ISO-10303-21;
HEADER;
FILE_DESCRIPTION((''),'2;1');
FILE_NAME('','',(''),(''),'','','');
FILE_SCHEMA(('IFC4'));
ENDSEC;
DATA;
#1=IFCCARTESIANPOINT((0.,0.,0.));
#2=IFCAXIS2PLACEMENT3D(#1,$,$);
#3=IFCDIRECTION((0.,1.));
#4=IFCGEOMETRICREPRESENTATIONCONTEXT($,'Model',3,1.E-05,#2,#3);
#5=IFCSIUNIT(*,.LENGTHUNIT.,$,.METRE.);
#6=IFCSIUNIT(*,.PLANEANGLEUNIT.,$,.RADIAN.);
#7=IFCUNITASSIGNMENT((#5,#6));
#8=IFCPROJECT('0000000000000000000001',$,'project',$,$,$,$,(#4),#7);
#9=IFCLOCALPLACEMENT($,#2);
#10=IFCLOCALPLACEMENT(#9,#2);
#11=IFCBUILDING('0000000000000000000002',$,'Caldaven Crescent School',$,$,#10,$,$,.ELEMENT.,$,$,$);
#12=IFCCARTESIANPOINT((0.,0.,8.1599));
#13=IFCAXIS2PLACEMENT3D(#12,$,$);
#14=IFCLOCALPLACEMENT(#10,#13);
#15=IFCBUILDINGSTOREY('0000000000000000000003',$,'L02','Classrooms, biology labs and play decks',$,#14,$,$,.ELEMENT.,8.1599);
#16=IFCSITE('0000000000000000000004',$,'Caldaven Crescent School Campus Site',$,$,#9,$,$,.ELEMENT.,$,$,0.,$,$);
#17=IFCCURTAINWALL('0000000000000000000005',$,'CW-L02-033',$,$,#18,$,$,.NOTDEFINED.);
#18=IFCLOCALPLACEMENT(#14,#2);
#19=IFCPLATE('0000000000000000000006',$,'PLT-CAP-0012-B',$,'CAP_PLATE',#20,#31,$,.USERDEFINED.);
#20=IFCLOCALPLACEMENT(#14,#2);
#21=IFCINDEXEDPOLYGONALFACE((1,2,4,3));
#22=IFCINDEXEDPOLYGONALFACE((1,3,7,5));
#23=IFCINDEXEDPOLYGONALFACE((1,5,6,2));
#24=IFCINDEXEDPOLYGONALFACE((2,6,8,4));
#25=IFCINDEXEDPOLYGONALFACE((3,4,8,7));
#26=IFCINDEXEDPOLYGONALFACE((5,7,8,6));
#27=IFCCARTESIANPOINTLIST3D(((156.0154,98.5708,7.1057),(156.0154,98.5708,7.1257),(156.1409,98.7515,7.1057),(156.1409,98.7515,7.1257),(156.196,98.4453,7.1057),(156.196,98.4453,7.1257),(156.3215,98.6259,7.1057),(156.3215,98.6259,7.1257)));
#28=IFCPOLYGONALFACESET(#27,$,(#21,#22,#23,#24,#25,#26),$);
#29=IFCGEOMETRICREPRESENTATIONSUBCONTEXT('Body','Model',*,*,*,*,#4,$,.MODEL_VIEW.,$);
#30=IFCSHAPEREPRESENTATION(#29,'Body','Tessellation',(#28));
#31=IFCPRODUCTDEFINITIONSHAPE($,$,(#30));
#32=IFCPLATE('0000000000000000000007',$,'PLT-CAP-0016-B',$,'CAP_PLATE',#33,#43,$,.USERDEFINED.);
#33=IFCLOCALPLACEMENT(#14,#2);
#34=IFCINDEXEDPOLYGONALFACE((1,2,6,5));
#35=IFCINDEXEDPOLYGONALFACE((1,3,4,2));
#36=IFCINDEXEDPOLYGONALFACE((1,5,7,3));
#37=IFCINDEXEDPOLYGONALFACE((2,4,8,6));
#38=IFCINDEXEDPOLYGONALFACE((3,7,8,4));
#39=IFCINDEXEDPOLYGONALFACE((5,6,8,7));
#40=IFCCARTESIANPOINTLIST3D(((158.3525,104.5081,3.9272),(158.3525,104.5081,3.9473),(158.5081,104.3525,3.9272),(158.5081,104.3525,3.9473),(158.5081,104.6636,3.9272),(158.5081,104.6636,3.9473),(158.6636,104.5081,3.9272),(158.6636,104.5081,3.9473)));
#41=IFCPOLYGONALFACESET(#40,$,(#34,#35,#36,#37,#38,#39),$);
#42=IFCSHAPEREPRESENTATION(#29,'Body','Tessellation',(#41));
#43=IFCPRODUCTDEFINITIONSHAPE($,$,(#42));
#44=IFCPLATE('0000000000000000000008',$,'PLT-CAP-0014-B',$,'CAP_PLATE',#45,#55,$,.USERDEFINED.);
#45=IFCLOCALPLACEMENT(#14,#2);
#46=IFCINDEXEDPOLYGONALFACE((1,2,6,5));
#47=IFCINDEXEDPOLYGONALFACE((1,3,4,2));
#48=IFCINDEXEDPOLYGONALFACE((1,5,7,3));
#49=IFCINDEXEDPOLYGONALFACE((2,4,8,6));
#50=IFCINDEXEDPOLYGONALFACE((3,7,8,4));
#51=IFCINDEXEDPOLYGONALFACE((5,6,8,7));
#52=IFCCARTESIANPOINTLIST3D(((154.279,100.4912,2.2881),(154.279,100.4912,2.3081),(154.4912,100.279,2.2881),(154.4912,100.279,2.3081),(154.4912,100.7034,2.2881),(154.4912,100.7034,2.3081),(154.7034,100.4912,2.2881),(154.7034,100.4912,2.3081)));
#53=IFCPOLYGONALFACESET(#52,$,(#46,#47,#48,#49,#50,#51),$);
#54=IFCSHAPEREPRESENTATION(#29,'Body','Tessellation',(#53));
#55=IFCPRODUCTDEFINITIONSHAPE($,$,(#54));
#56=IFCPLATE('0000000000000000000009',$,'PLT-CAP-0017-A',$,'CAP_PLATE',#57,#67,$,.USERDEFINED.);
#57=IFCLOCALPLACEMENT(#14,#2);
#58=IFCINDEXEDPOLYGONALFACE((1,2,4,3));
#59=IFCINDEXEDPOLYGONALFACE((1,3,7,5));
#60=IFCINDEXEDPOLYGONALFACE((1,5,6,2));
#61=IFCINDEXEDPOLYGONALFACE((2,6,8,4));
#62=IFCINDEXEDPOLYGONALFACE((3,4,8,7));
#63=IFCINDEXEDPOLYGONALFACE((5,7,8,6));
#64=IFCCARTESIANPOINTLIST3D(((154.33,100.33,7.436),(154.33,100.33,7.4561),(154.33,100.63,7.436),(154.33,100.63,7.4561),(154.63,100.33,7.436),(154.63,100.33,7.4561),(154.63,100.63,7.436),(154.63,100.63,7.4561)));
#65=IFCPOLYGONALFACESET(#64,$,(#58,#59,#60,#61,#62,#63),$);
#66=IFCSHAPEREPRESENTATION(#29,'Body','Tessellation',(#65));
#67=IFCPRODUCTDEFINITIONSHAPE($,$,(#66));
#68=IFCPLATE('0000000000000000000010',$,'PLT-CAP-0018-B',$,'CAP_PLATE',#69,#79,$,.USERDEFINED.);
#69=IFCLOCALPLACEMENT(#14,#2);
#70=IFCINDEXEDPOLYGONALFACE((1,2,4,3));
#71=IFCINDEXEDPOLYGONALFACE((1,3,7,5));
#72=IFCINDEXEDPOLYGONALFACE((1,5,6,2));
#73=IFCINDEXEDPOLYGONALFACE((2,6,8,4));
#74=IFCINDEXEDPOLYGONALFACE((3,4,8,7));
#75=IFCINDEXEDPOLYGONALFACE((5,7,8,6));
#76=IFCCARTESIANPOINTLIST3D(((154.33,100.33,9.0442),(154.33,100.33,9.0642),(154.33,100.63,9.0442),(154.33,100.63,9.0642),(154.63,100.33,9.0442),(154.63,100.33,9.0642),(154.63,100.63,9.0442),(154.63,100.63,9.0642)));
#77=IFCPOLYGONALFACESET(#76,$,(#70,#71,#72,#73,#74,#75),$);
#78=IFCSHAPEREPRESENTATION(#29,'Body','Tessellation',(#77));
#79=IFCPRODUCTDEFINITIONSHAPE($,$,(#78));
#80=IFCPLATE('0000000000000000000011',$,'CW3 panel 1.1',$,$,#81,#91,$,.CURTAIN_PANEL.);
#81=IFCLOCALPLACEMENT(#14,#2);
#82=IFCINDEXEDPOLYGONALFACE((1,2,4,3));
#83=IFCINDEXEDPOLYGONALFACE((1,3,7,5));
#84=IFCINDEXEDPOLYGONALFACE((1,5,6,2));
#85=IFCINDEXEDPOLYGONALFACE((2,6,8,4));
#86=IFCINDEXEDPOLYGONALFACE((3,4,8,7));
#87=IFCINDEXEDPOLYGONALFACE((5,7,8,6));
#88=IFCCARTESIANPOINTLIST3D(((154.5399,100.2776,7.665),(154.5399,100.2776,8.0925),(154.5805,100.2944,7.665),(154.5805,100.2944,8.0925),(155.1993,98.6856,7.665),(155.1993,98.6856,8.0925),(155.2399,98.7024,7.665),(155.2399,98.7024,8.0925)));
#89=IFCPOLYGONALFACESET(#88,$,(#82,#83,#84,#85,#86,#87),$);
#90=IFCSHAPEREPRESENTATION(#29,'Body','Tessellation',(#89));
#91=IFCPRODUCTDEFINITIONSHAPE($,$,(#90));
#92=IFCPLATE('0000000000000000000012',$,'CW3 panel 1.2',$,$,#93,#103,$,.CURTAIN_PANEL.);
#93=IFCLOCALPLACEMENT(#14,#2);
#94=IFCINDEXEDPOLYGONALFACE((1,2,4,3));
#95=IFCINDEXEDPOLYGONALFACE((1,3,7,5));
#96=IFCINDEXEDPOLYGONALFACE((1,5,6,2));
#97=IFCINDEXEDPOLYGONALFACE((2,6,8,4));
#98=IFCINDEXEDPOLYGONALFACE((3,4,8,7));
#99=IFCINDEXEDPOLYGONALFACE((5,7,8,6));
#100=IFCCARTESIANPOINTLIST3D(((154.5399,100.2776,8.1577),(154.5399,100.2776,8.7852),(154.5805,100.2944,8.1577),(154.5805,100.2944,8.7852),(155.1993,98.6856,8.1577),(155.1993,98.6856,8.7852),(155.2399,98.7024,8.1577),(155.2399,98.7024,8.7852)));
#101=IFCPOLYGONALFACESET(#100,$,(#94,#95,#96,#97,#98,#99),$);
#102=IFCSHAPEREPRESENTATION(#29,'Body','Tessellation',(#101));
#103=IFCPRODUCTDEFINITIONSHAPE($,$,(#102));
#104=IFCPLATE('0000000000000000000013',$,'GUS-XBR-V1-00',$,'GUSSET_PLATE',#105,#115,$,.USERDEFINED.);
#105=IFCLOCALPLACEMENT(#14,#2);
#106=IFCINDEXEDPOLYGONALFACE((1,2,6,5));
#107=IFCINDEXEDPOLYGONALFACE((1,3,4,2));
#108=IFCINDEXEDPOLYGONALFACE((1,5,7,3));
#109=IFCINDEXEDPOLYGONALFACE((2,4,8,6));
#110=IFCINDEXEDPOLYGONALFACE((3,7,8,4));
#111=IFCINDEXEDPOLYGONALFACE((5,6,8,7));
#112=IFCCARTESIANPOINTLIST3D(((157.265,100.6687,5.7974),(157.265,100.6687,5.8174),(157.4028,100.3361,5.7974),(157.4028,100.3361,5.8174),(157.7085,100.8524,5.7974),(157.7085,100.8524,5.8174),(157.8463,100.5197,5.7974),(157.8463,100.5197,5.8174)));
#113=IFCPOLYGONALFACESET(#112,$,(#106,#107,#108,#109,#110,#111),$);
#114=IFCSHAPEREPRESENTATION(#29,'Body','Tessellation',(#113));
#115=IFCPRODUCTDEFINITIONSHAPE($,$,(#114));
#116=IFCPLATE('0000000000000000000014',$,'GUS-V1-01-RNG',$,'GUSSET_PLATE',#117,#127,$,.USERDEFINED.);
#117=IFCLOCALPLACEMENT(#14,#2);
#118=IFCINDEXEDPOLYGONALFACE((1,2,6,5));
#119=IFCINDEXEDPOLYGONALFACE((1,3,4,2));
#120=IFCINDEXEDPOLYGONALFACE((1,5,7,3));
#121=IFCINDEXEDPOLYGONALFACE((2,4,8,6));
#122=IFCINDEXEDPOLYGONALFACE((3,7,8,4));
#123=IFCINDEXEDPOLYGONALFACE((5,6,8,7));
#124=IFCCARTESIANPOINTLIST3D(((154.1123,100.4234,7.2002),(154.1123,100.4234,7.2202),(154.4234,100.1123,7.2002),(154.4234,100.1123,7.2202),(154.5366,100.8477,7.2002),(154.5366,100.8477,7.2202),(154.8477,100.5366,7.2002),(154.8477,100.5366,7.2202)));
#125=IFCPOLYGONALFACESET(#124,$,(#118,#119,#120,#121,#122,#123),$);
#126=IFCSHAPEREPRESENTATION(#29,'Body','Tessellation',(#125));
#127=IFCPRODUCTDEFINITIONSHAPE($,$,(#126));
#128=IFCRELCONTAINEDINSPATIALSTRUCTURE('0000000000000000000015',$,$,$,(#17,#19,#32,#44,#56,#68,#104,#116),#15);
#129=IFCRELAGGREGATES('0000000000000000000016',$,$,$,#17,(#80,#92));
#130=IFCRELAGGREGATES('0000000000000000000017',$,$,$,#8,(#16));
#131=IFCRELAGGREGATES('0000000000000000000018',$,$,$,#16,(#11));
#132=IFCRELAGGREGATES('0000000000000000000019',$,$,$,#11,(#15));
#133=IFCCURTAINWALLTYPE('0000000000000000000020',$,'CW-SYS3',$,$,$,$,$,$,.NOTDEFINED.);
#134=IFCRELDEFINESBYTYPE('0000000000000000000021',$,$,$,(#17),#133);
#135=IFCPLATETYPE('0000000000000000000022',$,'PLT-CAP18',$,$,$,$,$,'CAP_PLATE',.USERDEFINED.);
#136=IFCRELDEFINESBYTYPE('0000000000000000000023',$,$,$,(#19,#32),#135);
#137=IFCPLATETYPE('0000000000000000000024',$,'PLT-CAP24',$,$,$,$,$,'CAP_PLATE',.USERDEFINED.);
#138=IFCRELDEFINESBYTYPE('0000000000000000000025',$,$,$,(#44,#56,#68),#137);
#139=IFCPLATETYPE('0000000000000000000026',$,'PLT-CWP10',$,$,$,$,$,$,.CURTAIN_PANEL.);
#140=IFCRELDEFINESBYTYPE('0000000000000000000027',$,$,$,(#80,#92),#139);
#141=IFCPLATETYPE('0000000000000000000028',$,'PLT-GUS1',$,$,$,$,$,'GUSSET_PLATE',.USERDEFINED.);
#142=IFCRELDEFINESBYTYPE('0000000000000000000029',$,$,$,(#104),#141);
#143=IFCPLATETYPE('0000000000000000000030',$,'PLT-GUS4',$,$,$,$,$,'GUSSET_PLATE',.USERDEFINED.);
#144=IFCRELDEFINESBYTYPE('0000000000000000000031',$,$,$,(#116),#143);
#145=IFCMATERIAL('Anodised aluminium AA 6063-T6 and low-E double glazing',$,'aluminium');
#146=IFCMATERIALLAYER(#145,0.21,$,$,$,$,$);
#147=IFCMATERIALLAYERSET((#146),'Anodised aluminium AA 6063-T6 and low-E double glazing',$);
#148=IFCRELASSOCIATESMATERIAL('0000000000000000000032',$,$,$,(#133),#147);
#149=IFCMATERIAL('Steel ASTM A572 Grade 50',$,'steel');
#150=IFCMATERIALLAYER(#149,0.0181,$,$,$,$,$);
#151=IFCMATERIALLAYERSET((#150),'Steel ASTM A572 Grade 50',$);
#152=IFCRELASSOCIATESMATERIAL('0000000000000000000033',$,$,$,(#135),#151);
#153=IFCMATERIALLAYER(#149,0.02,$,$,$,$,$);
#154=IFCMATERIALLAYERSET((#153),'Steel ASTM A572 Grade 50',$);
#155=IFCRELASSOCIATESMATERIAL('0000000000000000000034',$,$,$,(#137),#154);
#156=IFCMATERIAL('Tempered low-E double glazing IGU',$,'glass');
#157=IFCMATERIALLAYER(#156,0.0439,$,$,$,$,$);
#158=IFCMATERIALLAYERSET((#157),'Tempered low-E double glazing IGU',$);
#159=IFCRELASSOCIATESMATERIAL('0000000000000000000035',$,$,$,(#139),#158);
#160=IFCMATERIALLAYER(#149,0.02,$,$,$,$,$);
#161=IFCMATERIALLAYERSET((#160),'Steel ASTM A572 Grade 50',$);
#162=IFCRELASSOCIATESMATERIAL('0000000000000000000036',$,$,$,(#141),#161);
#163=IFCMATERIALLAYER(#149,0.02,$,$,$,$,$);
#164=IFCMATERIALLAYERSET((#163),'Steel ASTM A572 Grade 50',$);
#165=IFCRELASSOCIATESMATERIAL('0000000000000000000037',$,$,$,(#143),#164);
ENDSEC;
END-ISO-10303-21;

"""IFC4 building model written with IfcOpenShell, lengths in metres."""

from ifc_helpers import new_model, si_unit, direction, frame, origin, origin_2d, place, context, subcontext, project, spatial, rectangle, extrude, material, layer, layer_set, type_object, element, aggregate, save


model = new_model("IFC4")

# Units and contexts
model_context = context("Model", 3, precision=1e-05, world=origin(), true_north=direction((0.0, 1.0)))
body_context = subcontext(model_context, "Body", "Model", "MODEL_VIEW")
ifc_project = project(units=[si_unit("LENGTHUNIT", "METRE"), si_unit("PLANEANGLEUNIT", "RADIAN")], contexts=[model_context])

# Site, building, storey
site_placement = place(None, origin())
site = spatial("IfcSite", under=ifc_project, at=site_placement, Name="Caldaven Crescent School Campus Site", CompositionType="ELEMENT", RefElevation=0.0)
building_placement = place(site_placement, origin())
building = spatial("IfcBuilding", under=site, at=building_placement, Name="Caldaven Crescent School", CompositionType="ELEMENT")
storey_placement = place(building_placement, frame((0.0, 0.0, 8.1599)))
storey = spatial("IfcBuildingStorey", under=building, at=storey_placement, Name="L02", Description="Classrooms, biology labs and play decks", CompositionType="ELEMENT", Elevation=8.1599)

# Shared definitions
ifc_material_1 = material(Name="Steel ASTM A572 Grade 50", Category="steel")

# Shared definitions
ifc_material_2 = material(Name="Anodised aluminium AA 6063-T6 and low-E double glazing", Category="aluminium")

# Curtain wall
ifc_layer_1 = layer(ifc_material_2, 0.21)
ifc_layer_set_1 = layer_set([ifc_layer_1], Name="Anodised aluminium AA 6063-T6 and low-E double glazing")
curtain_wall_type_1 = type_object("IfcCurtainWallType", Name="CW-SYS3", PredefinedType="NOTDEFINED", material=ifc_layer_set_1)
curtain_wall_1_placement = place(storey_placement, origin())
curtain_wall_1 = element("IfcCurtainWall", 1, at=curtain_wall_1_placement, inside=storey, type_object=curtain_wall_type_1, Name="CW-L02-033", PredefinedType="NOTDEFINED")

# Plates
ifc_layer_2 = layer(ifc_material_1, 0.0181)
ifc_layer_set_2 = layer_set([ifc_layer_2], Name="Steel ASTM A572 Grade 50")
plate_type_1 = type_object("IfcPlateType", Name="PLT-CAP18", ElementType="CAP_PLATE", PredefinedType="USERDEFINED", material=ifc_layer_set_2)
for number, where, z_axis, x_axis, name in (
    (2, (156.1685, 98.5984, 7.1057), (0.0, 0.0, 1.0), (-0.570714, -0.821149, 0.0), "PLT-CAP-0012-B"),
    (3, (158.5081, 104.5081, 3.9272), (0.0, 0.0, 1.0), (-0.707107, -0.707107, 0.0), "PLT-CAP-0016-B"),
):
    element("IfcPlate", number, at=place(storey_placement, frame(where, z_axis=z_axis, x_axis=x_axis)), inside=storey, type_object=plate_type_1, Name=name, ObjectType="CAP_PLATE", PredefinedType="USERDEFINED", context=body_context, shape_type="SweptSolid", body=[
        extrude(rectangle(XDim=0.22, YDim=0.22, at=origin_2d()), origin(), (0.0, 0.0, 1.0), 0.02),
    ])
ifc_layer_3 = layer(ifc_material_1, 0.02)
ifc_layer_set_3 = layer_set([ifc_layer_3], Name="Steel ASTM A572 Grade 50")
plate_type_2 = type_object("IfcPlateType", Name="PLT-CAP24", ElementType="CAP_PLATE", PredefinedType="USERDEFINED", material=ifc_layer_set_3)
for number, where, z_axis, x_axis, name in (
    (4, (154.4912, 100.4912, 2.2881), (0.0, 0.0, 1.0), (-0.707107, -0.707107, 0.0), "PLT-CAP-0014-B"),
    (5, (154.48, 100.48, 7.436), (0.0, 0.0, 1.0), (1.0, 0.0, 0.0), "PLT-CAP-0017-A"),
    (6, (154.48, 100.48, 9.0442), (0.0, 0.0, 1.0), (1.0, 0.0, 0.0), "PLT-CAP-0018-B"),
):
    element("IfcPlate", number, at=place(storey_placement, frame(where, z_axis=z_axis, x_axis=x_axis)), inside=storey, type_object=plate_type_2, Name=name, ObjectType="CAP_PLATE", PredefinedType="USERDEFINED", context=body_context, shape_type="SweptSolid", body=[
        extrude(rectangle(XDim=0.3, YDim=0.3, at=origin_2d()), origin(), (0.0, 0.0, 1.0), 0.02),
    ])

# Plates
ifc_material_3 = material(Name="Tempered low-E double glazing IGU", Category="glass")
ifc_layer_4 = layer(ifc_material_3, 0.0439)
ifc_layer_set_4 = layer_set([ifc_layer_4], Name="Tempered low-E double glazing IGU")
plate_type_3 = type_object("IfcPlateType", Name="PLT-CWP10", PredefinedType="CURTAIN_PANEL", material=ifc_layer_set_4)
plate_1_placement = place(storey_placement, frame((154.8899, 99.49, 7.665), z_axis=(0.0, 0.0, 1.0), x_axis=(-0.382682, 0.92388, 0.0)))
plate_1 = element("IfcPlate", 7, at=plate_1_placement, type_object=plate_type_3, Name="CW3 panel 1.1", PredefinedType="CURTAIN_PANEL", context=body_context, shape_type="SweptSolid", body=[
    extrude(rectangle(XDim=1.7231, YDim=0.0439, at=origin_2d()), origin(), (0.0, 0.0, 1.0), 0.4275),
])
plate_2_placement = place(storey_placement, frame((154.8899, 99.49, 8.1577), z_axis=(0.0, 0.0, 1.0), x_axis=(-0.382682, 0.92388, 0.0)))
plate_2 = element("IfcPlate", 8, at=plate_2_placement, type_object=plate_type_3, Name="CW3 panel 1.2", PredefinedType="CURTAIN_PANEL", context=body_context, shape_type="SweptSolid", body=[
    extrude(rectangle(XDim=1.7231, YDim=0.0439, at=origin_2d()), origin(), (0.0, 0.0, 1.0), 0.6274),
])
aggregate(curtain_wall_1, [plate_1, plate_2])

# Plates
ifc_layer_5 = layer(ifc_material_1, 0.02)
ifc_layer_set_5 = layer_set([ifc_layer_5], Name="Steel ASTM A572 Grade 50")
plate_type_4 = type_object("IfcPlateType", Name="PLT-GUS1", ElementType="GUSSET_PLATE", PredefinedType="USERDEFINED", material=ifc_layer_set_5)
plate_3_placement = place(storey_placement, frame((157.5557, 100.5942, 5.7974), z_axis=(0.0, 0.0, 1.0), x_axis=(0.92388, 0.382683, 0.0)))
element("IfcPlate", 9, at=plate_3_placement, inside=storey, type_object=plate_type_4, Name="GUS-XBR-V1-00", ObjectType="GUSSET_PLATE", PredefinedType="USERDEFINED", context=body_context, shape_type="SweptSolid", body=[
    extrude(rectangle(XDim=0.48, YDim=0.3601, at=origin_2d()), origin(), (0.0, 0.0, 1.0), 0.02),
])
ifc_layer_6 = layer(ifc_material_1, 0.02)
ifc_layer_set_6 = layer_set([ifc_layer_6], Name="Steel ASTM A572 Grade 50")
plate_type_5 = type_object("IfcPlateType", Name="PLT-GUS4", ElementType="GUSSET_PLATE", PredefinedType="USERDEFINED", material=ifc_layer_set_6)
plate_4_placement = place(storey_placement, frame((154.48, 100.48, 7.2002), z_axis=(0.0, 0.0, 1.0), x_axis=(0.707107, 0.707107, 0.0)))
element("IfcPlate", 10, at=plate_4_placement, inside=storey, type_object=plate_type_5, Name="GUS-V1-01-RNG", ObjectType="GUSSET_PLATE", PredefinedType="USERDEFINED", context=body_context, shape_type="SweptSolid", body=[
    extrude(rectangle(XDim=0.6001, YDim=0.4399, at=origin_2d()), origin(), (0.0, 0.0, 1.0), 0.02),
])

save(model, "model.ifc")
